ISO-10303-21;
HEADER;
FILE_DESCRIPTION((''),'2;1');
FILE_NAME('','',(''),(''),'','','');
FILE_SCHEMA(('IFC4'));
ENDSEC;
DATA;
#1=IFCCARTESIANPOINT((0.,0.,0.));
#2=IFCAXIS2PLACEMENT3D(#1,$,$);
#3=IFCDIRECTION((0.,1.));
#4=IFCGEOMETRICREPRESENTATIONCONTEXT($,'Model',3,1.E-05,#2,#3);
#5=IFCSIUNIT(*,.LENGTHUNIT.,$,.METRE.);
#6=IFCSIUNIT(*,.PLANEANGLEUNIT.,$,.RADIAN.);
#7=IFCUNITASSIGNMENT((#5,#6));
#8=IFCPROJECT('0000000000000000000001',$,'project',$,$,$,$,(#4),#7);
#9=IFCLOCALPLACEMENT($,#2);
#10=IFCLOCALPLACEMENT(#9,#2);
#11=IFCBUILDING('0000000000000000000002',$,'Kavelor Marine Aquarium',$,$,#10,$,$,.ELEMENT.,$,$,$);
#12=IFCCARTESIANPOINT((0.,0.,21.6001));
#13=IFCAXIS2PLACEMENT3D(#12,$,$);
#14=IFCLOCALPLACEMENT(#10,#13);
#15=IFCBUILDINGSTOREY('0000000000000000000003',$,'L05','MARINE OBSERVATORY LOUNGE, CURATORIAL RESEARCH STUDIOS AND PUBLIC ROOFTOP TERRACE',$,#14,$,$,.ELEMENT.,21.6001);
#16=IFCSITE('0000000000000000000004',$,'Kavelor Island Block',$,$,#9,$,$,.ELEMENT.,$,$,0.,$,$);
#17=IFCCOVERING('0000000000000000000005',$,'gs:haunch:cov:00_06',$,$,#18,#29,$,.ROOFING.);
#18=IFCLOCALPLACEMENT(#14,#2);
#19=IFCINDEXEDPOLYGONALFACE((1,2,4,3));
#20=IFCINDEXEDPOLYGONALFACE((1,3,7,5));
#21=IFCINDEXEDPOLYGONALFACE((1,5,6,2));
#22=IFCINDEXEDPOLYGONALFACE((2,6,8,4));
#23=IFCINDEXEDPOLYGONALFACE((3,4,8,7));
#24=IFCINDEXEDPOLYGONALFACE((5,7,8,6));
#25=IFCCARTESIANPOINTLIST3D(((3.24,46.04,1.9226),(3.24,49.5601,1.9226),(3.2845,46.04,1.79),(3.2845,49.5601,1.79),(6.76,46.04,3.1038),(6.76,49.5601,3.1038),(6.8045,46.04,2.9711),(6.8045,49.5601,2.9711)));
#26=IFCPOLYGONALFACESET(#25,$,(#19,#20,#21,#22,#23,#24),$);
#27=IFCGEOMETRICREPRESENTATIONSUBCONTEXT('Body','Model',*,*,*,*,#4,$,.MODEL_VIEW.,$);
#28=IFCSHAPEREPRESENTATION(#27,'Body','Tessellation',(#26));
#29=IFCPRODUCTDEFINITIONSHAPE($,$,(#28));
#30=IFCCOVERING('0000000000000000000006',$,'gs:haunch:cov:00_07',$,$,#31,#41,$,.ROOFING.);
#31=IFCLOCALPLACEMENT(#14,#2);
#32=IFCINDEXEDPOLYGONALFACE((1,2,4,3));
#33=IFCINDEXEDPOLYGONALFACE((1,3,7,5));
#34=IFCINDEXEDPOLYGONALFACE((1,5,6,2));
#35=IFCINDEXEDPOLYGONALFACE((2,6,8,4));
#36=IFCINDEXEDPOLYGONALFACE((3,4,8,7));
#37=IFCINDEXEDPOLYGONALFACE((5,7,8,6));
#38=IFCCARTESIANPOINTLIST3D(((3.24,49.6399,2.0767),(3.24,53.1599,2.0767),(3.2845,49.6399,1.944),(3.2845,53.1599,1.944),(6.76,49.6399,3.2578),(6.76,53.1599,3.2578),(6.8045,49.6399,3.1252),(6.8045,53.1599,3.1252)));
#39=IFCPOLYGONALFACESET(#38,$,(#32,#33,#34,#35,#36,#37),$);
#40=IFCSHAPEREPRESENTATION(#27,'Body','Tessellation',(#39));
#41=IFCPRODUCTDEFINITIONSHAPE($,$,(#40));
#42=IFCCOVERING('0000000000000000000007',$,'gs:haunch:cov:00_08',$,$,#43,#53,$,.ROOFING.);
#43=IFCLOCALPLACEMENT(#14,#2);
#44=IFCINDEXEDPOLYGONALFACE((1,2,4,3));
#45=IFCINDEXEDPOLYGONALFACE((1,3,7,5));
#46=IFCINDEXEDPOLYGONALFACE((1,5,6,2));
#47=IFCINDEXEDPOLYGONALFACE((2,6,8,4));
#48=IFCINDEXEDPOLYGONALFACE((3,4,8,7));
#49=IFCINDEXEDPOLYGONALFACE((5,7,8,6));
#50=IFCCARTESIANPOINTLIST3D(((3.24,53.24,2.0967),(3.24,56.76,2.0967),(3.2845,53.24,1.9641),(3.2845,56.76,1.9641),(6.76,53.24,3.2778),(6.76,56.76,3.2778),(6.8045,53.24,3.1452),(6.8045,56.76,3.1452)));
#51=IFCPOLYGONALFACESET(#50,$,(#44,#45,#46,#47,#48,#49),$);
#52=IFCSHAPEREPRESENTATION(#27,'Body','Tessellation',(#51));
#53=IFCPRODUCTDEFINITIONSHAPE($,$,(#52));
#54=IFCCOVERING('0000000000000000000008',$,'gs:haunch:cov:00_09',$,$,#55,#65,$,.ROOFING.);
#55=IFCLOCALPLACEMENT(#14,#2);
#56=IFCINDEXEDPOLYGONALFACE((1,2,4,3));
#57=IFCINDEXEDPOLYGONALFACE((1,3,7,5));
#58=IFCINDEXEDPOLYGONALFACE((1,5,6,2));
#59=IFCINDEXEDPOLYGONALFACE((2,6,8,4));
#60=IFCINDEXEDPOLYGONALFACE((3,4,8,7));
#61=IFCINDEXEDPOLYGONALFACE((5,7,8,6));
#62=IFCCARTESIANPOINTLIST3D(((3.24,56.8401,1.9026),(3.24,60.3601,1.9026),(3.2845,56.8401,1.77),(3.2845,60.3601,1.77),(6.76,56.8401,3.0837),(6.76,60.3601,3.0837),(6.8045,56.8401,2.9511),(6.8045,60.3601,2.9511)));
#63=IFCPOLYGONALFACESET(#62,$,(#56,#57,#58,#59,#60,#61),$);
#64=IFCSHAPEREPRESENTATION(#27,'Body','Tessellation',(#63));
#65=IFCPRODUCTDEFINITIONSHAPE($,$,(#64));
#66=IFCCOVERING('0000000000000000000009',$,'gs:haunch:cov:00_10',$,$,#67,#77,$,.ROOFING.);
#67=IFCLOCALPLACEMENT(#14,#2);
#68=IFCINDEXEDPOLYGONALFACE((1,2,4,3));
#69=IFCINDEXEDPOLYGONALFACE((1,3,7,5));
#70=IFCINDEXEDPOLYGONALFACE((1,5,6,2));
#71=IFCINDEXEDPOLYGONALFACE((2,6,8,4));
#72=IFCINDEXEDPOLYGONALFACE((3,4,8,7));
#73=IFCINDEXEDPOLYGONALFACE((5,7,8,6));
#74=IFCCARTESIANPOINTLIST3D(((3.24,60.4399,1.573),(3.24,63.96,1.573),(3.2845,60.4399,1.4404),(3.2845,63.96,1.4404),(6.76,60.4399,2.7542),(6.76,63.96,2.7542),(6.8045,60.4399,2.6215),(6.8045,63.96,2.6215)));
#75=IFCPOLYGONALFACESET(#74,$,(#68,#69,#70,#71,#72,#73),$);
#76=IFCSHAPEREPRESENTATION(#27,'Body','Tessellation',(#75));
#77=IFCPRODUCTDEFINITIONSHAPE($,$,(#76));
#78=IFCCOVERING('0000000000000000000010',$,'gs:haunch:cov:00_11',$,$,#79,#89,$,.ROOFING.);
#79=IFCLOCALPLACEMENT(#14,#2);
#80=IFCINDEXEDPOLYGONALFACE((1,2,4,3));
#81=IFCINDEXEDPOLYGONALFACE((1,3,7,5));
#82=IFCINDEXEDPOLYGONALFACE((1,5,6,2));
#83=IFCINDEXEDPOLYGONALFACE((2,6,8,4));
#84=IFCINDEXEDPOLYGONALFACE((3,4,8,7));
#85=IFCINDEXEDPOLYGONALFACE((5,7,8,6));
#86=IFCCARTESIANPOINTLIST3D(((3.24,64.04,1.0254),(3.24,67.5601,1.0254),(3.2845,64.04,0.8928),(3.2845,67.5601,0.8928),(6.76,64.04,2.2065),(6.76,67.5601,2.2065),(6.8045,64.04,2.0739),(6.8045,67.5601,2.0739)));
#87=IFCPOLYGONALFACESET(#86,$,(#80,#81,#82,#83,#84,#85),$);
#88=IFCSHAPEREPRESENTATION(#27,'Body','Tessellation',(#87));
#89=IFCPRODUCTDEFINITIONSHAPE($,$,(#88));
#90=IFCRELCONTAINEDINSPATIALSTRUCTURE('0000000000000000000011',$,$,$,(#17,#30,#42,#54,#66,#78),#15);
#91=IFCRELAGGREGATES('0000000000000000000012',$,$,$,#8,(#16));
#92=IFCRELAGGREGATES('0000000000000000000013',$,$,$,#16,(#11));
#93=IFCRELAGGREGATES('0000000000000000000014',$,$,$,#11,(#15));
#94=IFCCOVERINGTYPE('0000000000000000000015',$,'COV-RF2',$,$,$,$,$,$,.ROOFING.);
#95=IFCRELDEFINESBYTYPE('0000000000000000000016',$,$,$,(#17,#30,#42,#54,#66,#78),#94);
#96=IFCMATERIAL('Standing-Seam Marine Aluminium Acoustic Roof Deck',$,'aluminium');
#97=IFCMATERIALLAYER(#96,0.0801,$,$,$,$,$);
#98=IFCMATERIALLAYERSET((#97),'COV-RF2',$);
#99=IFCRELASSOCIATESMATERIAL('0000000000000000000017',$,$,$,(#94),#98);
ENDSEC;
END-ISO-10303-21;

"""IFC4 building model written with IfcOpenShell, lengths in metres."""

from ifc_helpers import new_model, si_unit, direction, frame, origin, place, context, subcontext, project, spatial, polyline, outline, extrude, material, layer, layer_set, type_object, element, save


model = new_model("IFC4")

# Units and contexts
model_context = context("Model", 3, precision=1e-05, world=origin(), true_north=direction((0.0, 1.0)))
body_context = subcontext(model_context, "Body", "Model", "MODEL_VIEW")
ifc_project = project(units=[si_unit("LENGTHUNIT", "METRE"), si_unit("PLANEANGLEUNIT", "RADIAN")], contexts=[model_context])

# Site, building, storey
site_placement = place(None, origin())
site = spatial("IfcSite", under=ifc_project, at=site_placement, Name="Kavelor Island Block", CompositionType="ELEMENT", RefElevation=0.0)
building_placement = place(site_placement, origin())
building = spatial("IfcBuilding", under=site, at=building_placement, Name="Kavelor Marine Aquarium", CompositionType="ELEMENT")
storey_placement = place(building_placement, frame((0.0, 0.0, 21.6001)))
storey = spatial("IfcBuildingStorey", under=building, at=storey_placement, Name="L05", Description="MARINE OBSERVATORY LOUNGE, CURATORIAL RESEARCH STUDIOS AND PUBLIC ROOFTOP TERRACE", CompositionType="ELEMENT", Elevation=21.6001)

# Coverings
ifc_material_1 = material(Name="Standing-Seam Marine Aluminium Acoustic Roof Deck", Category="aluminium")
ifc_layer_1 = layer(ifc_material_1, 0.0801)
ifc_layer_set_1 = layer_set([ifc_layer_1], Name="COV-RF2")
covering_type = type_object("IfcCoveringType", Name="COV-RF2", PredefinedType="ROOFING", material=ifc_layer_set_1)
for number, where, z_axis, x_axis, name in (
    (1, (3.24, 46.04, 1.9226), (-0.318121, 0.0, 0.94805), (0.94805, 0.0, 0.318121), "gs:haunch:cov:00_06"),
    (2, (3.24, 49.6399, 2.0767), (-0.318121, 0.0, 0.94805), (0.94805, 0.0, 0.318121), "gs:haunch:cov:00_07"),
    (3, (3.24, 53.24, 2.0967), (-0.318121, 0.0, 0.94805), (0.94805, 0.0, 0.318121), "gs:haunch:cov:00_08"),
    (4, (3.24, 56.8401, 1.9026), (-0.318121, 0.0, 0.94805), (0.94805, 0.0, 0.318121), "gs:haunch:cov:00_09"),
    (5, (3.24, 60.4399, 1.573), (-0.318121, 0.0, 0.94805), (0.94805, 0.0, 0.318121), "gs:haunch:cov:00_10"),
    (6, (3.24, 64.04, 1.0254), (-0.318121, 0.0, 0.94805), (0.94805, 0.0, 0.318121), "gs:haunch:cov:00_11"),
):
    element("IfcCovering", number, at=place(storey_placement, frame(where, z_axis=z_axis, x_axis=x_axis)), inside=storey, type_object=covering_type, Name=name, PredefinedType="ROOFING", context=body_context, shape_type="SweptSolid", body=[
        extrude(outline(polyline([(0.0, 0.0), (3.7129, 0.0), (3.7129, 3.52), (0.0, 3.52), (0.0, 0.0)])), origin(), (0.0, 0.0, -1.0), 0.1399),
    ])

save(model, "model.ifc")
